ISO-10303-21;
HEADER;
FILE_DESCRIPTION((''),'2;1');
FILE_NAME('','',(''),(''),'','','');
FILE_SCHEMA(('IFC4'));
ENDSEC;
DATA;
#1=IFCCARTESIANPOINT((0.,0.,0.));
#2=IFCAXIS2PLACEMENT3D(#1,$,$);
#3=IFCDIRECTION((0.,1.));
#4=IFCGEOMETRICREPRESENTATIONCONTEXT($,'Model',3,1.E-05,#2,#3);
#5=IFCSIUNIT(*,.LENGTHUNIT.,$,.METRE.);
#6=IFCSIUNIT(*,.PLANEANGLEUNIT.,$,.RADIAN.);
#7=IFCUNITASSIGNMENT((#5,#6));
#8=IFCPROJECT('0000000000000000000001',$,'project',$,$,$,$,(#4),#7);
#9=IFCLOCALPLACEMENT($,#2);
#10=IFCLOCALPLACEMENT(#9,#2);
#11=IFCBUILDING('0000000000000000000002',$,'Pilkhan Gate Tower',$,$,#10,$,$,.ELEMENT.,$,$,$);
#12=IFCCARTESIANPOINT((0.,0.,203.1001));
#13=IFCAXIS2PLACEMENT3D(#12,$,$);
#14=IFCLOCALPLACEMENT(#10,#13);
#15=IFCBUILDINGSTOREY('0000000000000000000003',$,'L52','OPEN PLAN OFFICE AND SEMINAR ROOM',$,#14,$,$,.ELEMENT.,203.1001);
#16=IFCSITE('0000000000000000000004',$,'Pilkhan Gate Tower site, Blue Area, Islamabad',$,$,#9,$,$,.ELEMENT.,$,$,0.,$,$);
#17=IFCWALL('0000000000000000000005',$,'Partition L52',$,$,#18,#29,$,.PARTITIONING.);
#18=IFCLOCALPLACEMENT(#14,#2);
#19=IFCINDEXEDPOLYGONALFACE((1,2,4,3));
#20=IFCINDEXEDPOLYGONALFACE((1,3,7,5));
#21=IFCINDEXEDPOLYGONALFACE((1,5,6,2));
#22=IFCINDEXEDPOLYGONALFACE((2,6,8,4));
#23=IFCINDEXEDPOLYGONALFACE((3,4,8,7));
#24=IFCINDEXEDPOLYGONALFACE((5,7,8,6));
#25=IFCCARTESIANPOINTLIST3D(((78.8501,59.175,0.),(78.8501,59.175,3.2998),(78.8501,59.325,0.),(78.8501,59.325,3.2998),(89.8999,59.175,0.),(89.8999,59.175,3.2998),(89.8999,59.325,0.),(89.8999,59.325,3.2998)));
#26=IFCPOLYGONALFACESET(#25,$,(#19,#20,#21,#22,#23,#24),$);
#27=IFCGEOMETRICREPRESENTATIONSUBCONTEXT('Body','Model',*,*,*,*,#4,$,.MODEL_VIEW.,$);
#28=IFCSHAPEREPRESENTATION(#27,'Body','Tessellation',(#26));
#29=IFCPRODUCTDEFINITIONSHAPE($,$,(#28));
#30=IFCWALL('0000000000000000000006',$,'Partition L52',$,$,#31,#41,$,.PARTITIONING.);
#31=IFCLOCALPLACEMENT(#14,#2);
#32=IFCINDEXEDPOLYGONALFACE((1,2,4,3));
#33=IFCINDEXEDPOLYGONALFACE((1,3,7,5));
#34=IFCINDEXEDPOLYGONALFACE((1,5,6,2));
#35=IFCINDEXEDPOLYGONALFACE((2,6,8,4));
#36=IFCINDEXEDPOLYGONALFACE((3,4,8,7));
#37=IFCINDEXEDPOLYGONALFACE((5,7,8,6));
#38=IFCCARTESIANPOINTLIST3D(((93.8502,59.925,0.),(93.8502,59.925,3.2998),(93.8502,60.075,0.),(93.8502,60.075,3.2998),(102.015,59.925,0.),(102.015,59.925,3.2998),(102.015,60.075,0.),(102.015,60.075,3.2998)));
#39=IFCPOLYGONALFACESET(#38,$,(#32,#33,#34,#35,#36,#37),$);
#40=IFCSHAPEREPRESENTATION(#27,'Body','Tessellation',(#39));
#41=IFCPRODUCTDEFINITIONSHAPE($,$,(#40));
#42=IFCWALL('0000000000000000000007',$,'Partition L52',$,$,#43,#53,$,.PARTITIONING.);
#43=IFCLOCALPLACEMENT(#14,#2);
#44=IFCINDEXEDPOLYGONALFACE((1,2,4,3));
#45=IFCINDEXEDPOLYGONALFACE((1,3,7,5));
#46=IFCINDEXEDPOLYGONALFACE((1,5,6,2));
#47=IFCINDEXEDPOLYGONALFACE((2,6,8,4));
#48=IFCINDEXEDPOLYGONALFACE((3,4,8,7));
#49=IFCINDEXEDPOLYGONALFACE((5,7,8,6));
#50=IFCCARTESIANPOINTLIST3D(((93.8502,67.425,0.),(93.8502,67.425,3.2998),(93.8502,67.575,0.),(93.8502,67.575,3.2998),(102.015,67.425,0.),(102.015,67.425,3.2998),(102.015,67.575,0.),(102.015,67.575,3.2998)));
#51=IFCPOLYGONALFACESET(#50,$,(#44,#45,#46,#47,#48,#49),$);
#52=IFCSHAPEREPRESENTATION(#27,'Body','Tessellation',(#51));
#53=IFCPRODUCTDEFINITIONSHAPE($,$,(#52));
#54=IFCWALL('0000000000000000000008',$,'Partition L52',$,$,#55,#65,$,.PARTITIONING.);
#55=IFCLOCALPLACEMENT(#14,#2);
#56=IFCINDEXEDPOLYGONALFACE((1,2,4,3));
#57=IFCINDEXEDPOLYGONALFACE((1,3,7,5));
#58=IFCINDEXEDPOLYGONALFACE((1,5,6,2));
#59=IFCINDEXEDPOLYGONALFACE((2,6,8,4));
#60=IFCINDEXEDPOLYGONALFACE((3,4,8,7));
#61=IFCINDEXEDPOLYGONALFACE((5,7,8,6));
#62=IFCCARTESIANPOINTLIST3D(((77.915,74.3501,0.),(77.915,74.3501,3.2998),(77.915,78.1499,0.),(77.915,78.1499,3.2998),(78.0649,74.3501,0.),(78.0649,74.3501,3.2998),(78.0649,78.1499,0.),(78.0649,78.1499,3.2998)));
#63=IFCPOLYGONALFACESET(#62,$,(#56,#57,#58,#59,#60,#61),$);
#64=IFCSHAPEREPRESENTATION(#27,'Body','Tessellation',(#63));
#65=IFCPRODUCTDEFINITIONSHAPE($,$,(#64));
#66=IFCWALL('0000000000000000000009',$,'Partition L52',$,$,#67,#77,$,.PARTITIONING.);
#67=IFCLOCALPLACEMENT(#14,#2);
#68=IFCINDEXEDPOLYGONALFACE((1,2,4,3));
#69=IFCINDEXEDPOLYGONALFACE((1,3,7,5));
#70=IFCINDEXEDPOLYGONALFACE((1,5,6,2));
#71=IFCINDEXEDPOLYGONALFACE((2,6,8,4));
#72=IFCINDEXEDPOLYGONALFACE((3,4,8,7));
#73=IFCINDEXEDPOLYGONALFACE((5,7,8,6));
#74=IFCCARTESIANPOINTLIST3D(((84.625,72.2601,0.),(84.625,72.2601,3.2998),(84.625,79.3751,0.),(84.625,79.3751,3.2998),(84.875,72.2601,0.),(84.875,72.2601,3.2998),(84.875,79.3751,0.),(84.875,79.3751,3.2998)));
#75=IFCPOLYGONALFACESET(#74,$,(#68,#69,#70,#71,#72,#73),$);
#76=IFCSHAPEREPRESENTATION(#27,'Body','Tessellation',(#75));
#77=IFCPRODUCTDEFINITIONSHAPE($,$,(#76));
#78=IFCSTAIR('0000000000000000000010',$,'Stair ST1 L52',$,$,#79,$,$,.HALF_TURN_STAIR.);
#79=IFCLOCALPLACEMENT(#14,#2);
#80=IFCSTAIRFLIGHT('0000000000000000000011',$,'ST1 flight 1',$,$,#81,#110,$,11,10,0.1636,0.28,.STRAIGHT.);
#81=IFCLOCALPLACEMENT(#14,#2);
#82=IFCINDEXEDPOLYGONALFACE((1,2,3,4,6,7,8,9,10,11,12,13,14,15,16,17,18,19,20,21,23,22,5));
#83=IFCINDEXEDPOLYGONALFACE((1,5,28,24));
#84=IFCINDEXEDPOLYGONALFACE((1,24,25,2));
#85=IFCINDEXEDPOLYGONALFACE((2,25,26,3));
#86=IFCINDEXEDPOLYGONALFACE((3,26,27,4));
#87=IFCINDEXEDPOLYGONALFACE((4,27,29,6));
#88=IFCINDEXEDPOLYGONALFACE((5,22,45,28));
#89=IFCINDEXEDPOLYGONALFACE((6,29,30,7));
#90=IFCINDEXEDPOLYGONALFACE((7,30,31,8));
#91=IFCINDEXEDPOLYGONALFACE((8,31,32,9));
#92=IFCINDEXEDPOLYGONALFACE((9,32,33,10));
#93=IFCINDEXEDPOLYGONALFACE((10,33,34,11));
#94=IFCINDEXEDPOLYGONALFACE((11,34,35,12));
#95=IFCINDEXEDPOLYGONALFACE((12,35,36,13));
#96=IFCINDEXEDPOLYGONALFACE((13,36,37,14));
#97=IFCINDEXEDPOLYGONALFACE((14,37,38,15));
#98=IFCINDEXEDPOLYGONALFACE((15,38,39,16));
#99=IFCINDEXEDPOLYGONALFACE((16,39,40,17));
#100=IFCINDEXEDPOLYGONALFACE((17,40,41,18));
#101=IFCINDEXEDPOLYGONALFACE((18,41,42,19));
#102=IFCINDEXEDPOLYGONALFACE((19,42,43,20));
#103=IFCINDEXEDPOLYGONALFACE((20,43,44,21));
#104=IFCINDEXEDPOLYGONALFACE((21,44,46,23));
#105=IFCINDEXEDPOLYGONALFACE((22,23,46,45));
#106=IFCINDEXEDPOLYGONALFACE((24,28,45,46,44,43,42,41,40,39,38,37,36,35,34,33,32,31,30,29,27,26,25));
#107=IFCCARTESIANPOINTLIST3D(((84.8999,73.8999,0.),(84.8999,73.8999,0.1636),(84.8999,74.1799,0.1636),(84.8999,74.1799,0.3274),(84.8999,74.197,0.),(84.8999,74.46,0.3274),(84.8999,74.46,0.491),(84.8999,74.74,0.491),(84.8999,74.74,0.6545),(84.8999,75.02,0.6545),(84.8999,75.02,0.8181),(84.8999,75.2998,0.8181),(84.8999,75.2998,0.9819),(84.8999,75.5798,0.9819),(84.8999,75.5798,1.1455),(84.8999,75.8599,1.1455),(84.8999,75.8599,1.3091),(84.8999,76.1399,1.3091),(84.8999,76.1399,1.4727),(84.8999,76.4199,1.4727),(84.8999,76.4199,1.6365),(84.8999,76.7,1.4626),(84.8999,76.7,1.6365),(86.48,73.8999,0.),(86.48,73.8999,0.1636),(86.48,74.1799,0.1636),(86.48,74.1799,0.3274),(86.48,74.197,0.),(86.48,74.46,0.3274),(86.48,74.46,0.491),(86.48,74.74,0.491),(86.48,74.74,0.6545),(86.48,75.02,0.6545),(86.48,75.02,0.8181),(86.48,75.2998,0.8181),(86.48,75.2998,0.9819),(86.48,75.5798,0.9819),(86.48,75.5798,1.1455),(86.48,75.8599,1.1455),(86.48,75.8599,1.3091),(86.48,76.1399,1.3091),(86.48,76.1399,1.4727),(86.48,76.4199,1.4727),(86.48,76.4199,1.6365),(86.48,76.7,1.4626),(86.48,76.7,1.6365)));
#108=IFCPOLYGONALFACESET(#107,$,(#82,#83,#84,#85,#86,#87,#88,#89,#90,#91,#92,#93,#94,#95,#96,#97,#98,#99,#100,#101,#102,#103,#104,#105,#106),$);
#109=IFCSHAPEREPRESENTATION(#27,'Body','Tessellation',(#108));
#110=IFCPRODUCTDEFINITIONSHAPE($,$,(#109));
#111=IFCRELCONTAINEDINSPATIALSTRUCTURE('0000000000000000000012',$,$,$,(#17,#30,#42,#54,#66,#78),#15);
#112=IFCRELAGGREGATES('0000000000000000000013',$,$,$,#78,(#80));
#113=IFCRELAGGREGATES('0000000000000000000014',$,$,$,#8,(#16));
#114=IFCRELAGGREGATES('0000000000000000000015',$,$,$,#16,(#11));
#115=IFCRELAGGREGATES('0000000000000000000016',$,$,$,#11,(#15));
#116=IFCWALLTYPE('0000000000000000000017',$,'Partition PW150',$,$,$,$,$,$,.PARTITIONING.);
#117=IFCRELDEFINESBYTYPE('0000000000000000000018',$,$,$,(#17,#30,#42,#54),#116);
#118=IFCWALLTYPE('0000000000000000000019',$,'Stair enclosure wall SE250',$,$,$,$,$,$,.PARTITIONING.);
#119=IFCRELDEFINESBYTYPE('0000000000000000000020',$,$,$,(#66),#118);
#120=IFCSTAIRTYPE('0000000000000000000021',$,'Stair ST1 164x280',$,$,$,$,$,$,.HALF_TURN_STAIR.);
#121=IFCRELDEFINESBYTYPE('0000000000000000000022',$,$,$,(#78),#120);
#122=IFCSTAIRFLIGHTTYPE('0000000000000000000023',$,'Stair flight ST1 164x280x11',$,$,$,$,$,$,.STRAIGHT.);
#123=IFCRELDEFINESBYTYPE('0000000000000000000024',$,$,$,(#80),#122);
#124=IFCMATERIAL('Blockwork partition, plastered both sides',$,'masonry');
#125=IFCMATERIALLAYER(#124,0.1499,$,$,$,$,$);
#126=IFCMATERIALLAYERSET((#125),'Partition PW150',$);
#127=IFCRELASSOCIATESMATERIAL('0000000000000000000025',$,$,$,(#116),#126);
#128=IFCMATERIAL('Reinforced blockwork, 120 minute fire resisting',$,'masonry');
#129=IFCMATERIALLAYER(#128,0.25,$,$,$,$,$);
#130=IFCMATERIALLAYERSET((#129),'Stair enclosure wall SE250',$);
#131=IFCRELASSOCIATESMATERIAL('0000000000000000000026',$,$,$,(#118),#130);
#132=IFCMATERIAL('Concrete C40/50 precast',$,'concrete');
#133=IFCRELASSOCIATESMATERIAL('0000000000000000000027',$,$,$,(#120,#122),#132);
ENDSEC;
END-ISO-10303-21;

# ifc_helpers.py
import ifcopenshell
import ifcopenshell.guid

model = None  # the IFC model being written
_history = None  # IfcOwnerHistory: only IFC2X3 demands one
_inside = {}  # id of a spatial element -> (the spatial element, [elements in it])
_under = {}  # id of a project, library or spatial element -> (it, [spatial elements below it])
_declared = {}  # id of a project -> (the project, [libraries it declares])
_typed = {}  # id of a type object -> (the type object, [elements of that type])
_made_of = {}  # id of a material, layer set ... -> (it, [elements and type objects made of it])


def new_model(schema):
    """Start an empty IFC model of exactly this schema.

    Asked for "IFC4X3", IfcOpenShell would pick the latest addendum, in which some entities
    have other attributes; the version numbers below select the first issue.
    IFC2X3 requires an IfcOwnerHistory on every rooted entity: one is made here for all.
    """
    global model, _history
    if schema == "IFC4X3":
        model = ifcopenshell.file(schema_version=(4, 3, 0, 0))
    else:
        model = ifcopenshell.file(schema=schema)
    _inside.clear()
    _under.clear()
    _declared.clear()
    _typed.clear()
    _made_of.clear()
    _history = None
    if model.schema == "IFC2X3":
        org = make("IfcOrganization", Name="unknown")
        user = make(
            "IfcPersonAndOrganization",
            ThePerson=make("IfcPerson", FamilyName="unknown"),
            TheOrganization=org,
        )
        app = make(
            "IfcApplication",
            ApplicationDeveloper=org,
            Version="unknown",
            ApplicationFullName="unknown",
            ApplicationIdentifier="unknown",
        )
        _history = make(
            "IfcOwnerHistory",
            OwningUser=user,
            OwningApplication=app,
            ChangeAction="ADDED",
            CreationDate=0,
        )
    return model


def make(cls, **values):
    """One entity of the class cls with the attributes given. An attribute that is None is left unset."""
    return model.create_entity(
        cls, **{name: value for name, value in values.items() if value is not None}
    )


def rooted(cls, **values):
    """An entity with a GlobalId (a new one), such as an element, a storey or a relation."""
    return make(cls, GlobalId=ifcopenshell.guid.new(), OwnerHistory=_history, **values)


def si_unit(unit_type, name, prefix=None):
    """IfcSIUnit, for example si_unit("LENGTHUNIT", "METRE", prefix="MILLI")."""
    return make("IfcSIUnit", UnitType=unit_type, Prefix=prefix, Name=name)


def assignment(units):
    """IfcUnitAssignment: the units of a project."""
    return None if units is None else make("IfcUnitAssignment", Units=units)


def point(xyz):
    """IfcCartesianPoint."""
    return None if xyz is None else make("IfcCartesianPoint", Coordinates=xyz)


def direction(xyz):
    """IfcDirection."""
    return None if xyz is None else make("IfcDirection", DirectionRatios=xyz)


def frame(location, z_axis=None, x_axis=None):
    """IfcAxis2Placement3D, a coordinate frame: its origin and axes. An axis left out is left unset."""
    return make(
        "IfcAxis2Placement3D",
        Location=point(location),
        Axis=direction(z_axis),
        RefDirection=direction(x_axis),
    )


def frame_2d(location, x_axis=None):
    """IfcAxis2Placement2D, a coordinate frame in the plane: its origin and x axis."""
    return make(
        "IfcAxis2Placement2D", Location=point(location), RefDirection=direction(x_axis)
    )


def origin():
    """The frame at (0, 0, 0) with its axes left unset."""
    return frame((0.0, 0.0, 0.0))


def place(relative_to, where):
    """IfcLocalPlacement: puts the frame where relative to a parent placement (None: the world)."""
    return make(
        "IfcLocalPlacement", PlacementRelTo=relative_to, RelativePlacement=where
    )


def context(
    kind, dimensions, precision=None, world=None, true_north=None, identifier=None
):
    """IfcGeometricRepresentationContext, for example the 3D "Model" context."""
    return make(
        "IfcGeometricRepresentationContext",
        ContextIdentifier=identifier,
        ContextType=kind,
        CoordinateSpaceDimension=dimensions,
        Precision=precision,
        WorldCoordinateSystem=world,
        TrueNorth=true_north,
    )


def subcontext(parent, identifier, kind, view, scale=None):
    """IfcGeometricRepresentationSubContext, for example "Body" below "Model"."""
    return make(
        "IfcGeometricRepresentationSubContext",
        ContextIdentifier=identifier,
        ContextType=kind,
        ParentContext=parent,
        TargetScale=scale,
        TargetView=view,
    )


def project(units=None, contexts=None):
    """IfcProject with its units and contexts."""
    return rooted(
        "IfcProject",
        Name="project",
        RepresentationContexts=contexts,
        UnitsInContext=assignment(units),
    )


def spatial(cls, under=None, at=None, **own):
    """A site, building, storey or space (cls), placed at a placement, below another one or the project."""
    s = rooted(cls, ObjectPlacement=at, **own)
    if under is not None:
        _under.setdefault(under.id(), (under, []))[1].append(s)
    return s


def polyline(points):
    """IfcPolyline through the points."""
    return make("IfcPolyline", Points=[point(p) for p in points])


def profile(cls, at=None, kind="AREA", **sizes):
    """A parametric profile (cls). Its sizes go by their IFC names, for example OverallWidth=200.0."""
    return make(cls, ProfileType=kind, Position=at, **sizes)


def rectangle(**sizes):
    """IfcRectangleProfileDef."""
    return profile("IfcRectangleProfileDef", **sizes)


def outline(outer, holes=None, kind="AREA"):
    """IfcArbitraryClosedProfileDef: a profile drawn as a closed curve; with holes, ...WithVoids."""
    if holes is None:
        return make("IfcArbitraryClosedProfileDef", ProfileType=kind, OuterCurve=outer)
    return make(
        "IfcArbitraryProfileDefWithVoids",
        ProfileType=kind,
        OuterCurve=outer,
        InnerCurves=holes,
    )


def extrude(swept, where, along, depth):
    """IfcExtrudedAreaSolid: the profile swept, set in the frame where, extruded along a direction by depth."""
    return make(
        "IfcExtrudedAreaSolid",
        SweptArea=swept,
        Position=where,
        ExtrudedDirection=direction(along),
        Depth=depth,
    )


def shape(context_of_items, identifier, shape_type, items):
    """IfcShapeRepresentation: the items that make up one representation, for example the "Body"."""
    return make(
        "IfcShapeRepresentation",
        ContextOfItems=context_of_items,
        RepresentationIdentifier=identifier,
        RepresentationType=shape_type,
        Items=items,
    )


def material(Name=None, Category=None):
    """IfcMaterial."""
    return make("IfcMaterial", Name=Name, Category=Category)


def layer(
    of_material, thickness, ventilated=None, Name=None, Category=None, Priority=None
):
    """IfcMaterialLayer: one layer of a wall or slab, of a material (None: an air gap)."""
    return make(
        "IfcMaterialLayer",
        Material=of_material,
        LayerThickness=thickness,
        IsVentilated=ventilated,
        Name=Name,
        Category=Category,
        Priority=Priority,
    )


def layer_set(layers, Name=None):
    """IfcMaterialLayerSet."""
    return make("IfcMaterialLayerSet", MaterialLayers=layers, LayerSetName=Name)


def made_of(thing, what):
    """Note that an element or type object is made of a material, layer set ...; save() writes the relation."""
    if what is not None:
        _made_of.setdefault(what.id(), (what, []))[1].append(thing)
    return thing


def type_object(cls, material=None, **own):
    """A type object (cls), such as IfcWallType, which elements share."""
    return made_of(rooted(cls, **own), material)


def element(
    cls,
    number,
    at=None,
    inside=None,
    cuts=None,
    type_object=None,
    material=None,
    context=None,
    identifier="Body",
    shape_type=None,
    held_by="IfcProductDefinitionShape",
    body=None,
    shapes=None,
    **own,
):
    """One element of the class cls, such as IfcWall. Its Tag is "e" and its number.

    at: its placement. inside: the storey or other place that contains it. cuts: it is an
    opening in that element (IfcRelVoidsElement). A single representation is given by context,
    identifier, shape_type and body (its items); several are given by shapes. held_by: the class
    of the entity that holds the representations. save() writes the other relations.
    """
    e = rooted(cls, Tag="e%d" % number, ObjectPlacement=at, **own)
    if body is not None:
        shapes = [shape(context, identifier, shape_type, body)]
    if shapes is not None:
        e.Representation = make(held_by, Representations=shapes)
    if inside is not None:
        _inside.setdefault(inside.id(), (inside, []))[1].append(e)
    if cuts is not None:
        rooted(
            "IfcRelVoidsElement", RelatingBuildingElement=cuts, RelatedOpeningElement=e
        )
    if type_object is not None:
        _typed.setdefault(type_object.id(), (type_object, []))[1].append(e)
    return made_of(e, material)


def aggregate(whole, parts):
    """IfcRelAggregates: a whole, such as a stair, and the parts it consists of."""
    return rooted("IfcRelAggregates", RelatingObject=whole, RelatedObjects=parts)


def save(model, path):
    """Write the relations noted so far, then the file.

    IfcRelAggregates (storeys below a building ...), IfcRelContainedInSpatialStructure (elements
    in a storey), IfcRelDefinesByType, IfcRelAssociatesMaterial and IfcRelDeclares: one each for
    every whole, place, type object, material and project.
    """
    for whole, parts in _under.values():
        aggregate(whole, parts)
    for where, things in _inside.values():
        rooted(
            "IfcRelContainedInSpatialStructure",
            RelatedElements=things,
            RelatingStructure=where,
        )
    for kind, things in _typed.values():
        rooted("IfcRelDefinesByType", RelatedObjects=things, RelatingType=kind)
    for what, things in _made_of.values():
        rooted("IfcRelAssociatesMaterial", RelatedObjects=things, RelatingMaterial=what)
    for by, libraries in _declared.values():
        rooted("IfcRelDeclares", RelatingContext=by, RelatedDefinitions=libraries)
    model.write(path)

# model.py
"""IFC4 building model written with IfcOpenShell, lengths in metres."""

from ifc_helpers import new_model, si_unit, direction, frame, frame_2d, origin, place, context, subcontext, project, spatial, polyline, rectangle, outline, extrude, material, layer, layer_set, type_object, element, aggregate, save


model = new_model("IFC4")

# Units and contexts
model_context = context("Model", 3, precision=1e-05, world=origin(), true_north=direction((0.0, 1.0)))
body_context = subcontext(model_context, "Body", "Model", "MODEL_VIEW")
ifc_project = project(units=[si_unit("LENGTHUNIT", "METRE"), si_unit("PLANEANGLEUNIT", "RADIAN")], contexts=[model_context])

# Site, building, storey
site_placement = place(None, origin())
site = spatial("IfcSite", under=ifc_project, at=site_placement, Name="Pilkhan Gate Tower site, Blue Area, Islamabad", CompositionType="ELEMENT", RefElevation=0.0)
building_placement = place(site_placement, origin())
building = spatial("IfcBuilding", under=site, at=building_placement, Name="Pilkhan Gate Tower", CompositionType="ELEMENT")
storey_placement = place(building_placement, frame((0.0, 0.0, 203.1001)))
storey = spatial("IfcBuildingStorey", under=building, at=storey_placement, Name="L52", Description="OPEN PLAN OFFICE AND SEMINAR ROOM", CompositionType="ELEMENT", Elevation=203.1001)

# Walls
ifc_material_1 = material(Name="Blockwork partition, plastered both sides", Category="masonry")
ifc_layer_1 = layer(ifc_material_1, 0.1499)
ifc_layer_set_1 = layer_set([ifc_layer_1], Name="Partition PW150")
wall_type_1 = type_object("IfcWallType", Name="Partition PW150", PredefinedType="PARTITIONING", material=ifc_layer_set_1)
wall_1_placement = place(storey_placement, frame((78.8501, 59.25, 0.0), z_axis=(0.0, 0.0, 1.0), x_axis=(1.0, 0.0, 0.0)))
element("IfcWall", 1, at=wall_1_placement, inside=storey, type_object=wall_type_1, Name="Partition L52", PredefinedType="PARTITIONING", context=body_context, shape_type="SweptSolid", body=[
    extrude(rectangle(XDim=11.0498, YDim=0.1499, at=frame_2d((5.5249, 0.0))), origin(), (0.0, 0.0, 1.0), 3.2998),
])
for number, where, z_axis, x_axis, name in (
    (2, (93.8501, 60.0, 0.0), (0.0, 0.0, 1.0), (1.0, 0.0, 0.0), "Partition L52"),
    (3, (93.8501, 67.5, 0.0), (0.0, 0.0, 1.0), (1.0, 0.0, 0.0), "Partition L52"),
):
    element("IfcWall", number, at=place(storey_placement, frame(where, z_axis=z_axis, x_axis=x_axis)), inside=storey, type_object=wall_type_1, Name=name, PredefinedType="PARTITIONING", context=body_context, shape_type="SweptSolid", body=[
        extrude(rectangle(XDim=8.1648, YDim=0.1499, at=frame_2d((4.0825, 0.0))), origin(), (0.0, 0.0, 1.0), 3.2998),
    ])
wall_2_placement = place(storey_placement, frame((77.99, 74.3501, 0.0), z_axis=(0.0, 0.0, 1.0), x_axis=(0.0, 1.0, 0.0)))
element("IfcWall", 4, at=wall_2_placement, inside=storey, type_object=wall_type_1, Name="Partition L52", PredefinedType="PARTITIONING", context=body_context, shape_type="SweptSolid", body=[
    extrude(rectangle(XDim=3.7998, YDim=0.1499, at=frame_2d((1.8999, 0.0))), origin(), (0.0, 0.0, 1.0), 3.2998),
])
ifc_material_2 = material(Name="Reinforced blockwork, 120 minute fire resisting", Category="masonry")
ifc_layer_2 = layer(ifc_material_2, 0.25)
ifc_layer_set_2 = layer_set([ifc_layer_2], Name="Stair enclosure wall SE250")
wall_type_2 = type_object("IfcWallType", Name="Stair enclosure wall SE250", PredefinedType="PARTITIONING", material=ifc_layer_set_2)
wall_3_placement = place(storey_placement, frame((84.75, 72.26, 0.0), z_axis=(0.0, 0.0, 1.0), x_axis=(0.0, 1.0, 0.0)))
element("IfcWall", 5, at=wall_3_placement, inside=storey, type_object=wall_type_2, Name="Partition L52", PredefinedType="PARTITIONING", context=body_context, shape_type="SweptSolid", body=[
    extrude(rectangle(XDim=7.115, YDim=0.25, at=frame_2d((3.5576, 0.0))), origin(), (0.0, 0.0, 1.0), 3.2998),
])

# Stair, stair flight
ifc_material_3 = material(Name="Concrete C40/50 precast", Category="concrete")
stair_type = type_object("IfcStairType", Name="Stair ST1 164x280", PredefinedType="HALF_TURN_STAIR", material=ifc_material_3)
stair_placement = place(storey_placement, origin())
stair = element("IfcStair", 6, at=stair_placement, inside=storey, type_object=stair_type, Name="Stair ST1 L52", PredefinedType="HALF_TURN_STAIR")
stair_flight_type = type_object("IfcStairFlightType", Name="Stair flight ST1 164x280x11", PredefinedType="STRAIGHT", material=ifc_material_3)
stair_flight_placement = place(storey_placement, frame((85.6899, 73.8999, 0.0), z_axis=(0.0, 0.0, 1.0), x_axis=(0.0, 1.0, 0.0)))
stair_flight = element("IfcStairFlight", 7, at=stair_flight_placement, type_object=stair_flight_type, Name="ST1 flight 1", NumberOfRisers=11, NumberOfTreads=10, PredefinedType="STRAIGHT", RiserHeight=0.1636, TreadLength=0.28, context=body_context, shape_type="SweptSolid", body=[
    extrude(outline(polyline([(0.0, 0.0), (0.0, 0.1636), (0.28, 0.1636), (0.28, 0.3274), (0.5601, 0.3274), (0.5601, 0.491), (0.8401, 0.491), (0.8401, 0.6545), (1.1201, 0.6545), (1.1201, 0.8181), (1.3999, 0.8181), (1.3999, 0.9819), (1.6799, 0.9819), (1.6799, 1.1455), (1.96, 1.1455), (1.96, 1.3091), (2.24, 1.3091), (2.24, 1.4727), (2.52, 1.4727), (2.52, 1.6365), (2.8, 1.6365), (2.8, 1.8), (2.8, 1.4626), (0.2971, 0.0), (0.0, 0.0)])), frame((0.0, 0.79, 0.0), z_axis=(0.0, -1.0, 0.0), x_axis=(1.0, 0.0, 0.0)), (0.0, 0.0, 1.0), 1.5801),
])
aggregate(stair, [stair_flight])

save(model, "model.ifc")
